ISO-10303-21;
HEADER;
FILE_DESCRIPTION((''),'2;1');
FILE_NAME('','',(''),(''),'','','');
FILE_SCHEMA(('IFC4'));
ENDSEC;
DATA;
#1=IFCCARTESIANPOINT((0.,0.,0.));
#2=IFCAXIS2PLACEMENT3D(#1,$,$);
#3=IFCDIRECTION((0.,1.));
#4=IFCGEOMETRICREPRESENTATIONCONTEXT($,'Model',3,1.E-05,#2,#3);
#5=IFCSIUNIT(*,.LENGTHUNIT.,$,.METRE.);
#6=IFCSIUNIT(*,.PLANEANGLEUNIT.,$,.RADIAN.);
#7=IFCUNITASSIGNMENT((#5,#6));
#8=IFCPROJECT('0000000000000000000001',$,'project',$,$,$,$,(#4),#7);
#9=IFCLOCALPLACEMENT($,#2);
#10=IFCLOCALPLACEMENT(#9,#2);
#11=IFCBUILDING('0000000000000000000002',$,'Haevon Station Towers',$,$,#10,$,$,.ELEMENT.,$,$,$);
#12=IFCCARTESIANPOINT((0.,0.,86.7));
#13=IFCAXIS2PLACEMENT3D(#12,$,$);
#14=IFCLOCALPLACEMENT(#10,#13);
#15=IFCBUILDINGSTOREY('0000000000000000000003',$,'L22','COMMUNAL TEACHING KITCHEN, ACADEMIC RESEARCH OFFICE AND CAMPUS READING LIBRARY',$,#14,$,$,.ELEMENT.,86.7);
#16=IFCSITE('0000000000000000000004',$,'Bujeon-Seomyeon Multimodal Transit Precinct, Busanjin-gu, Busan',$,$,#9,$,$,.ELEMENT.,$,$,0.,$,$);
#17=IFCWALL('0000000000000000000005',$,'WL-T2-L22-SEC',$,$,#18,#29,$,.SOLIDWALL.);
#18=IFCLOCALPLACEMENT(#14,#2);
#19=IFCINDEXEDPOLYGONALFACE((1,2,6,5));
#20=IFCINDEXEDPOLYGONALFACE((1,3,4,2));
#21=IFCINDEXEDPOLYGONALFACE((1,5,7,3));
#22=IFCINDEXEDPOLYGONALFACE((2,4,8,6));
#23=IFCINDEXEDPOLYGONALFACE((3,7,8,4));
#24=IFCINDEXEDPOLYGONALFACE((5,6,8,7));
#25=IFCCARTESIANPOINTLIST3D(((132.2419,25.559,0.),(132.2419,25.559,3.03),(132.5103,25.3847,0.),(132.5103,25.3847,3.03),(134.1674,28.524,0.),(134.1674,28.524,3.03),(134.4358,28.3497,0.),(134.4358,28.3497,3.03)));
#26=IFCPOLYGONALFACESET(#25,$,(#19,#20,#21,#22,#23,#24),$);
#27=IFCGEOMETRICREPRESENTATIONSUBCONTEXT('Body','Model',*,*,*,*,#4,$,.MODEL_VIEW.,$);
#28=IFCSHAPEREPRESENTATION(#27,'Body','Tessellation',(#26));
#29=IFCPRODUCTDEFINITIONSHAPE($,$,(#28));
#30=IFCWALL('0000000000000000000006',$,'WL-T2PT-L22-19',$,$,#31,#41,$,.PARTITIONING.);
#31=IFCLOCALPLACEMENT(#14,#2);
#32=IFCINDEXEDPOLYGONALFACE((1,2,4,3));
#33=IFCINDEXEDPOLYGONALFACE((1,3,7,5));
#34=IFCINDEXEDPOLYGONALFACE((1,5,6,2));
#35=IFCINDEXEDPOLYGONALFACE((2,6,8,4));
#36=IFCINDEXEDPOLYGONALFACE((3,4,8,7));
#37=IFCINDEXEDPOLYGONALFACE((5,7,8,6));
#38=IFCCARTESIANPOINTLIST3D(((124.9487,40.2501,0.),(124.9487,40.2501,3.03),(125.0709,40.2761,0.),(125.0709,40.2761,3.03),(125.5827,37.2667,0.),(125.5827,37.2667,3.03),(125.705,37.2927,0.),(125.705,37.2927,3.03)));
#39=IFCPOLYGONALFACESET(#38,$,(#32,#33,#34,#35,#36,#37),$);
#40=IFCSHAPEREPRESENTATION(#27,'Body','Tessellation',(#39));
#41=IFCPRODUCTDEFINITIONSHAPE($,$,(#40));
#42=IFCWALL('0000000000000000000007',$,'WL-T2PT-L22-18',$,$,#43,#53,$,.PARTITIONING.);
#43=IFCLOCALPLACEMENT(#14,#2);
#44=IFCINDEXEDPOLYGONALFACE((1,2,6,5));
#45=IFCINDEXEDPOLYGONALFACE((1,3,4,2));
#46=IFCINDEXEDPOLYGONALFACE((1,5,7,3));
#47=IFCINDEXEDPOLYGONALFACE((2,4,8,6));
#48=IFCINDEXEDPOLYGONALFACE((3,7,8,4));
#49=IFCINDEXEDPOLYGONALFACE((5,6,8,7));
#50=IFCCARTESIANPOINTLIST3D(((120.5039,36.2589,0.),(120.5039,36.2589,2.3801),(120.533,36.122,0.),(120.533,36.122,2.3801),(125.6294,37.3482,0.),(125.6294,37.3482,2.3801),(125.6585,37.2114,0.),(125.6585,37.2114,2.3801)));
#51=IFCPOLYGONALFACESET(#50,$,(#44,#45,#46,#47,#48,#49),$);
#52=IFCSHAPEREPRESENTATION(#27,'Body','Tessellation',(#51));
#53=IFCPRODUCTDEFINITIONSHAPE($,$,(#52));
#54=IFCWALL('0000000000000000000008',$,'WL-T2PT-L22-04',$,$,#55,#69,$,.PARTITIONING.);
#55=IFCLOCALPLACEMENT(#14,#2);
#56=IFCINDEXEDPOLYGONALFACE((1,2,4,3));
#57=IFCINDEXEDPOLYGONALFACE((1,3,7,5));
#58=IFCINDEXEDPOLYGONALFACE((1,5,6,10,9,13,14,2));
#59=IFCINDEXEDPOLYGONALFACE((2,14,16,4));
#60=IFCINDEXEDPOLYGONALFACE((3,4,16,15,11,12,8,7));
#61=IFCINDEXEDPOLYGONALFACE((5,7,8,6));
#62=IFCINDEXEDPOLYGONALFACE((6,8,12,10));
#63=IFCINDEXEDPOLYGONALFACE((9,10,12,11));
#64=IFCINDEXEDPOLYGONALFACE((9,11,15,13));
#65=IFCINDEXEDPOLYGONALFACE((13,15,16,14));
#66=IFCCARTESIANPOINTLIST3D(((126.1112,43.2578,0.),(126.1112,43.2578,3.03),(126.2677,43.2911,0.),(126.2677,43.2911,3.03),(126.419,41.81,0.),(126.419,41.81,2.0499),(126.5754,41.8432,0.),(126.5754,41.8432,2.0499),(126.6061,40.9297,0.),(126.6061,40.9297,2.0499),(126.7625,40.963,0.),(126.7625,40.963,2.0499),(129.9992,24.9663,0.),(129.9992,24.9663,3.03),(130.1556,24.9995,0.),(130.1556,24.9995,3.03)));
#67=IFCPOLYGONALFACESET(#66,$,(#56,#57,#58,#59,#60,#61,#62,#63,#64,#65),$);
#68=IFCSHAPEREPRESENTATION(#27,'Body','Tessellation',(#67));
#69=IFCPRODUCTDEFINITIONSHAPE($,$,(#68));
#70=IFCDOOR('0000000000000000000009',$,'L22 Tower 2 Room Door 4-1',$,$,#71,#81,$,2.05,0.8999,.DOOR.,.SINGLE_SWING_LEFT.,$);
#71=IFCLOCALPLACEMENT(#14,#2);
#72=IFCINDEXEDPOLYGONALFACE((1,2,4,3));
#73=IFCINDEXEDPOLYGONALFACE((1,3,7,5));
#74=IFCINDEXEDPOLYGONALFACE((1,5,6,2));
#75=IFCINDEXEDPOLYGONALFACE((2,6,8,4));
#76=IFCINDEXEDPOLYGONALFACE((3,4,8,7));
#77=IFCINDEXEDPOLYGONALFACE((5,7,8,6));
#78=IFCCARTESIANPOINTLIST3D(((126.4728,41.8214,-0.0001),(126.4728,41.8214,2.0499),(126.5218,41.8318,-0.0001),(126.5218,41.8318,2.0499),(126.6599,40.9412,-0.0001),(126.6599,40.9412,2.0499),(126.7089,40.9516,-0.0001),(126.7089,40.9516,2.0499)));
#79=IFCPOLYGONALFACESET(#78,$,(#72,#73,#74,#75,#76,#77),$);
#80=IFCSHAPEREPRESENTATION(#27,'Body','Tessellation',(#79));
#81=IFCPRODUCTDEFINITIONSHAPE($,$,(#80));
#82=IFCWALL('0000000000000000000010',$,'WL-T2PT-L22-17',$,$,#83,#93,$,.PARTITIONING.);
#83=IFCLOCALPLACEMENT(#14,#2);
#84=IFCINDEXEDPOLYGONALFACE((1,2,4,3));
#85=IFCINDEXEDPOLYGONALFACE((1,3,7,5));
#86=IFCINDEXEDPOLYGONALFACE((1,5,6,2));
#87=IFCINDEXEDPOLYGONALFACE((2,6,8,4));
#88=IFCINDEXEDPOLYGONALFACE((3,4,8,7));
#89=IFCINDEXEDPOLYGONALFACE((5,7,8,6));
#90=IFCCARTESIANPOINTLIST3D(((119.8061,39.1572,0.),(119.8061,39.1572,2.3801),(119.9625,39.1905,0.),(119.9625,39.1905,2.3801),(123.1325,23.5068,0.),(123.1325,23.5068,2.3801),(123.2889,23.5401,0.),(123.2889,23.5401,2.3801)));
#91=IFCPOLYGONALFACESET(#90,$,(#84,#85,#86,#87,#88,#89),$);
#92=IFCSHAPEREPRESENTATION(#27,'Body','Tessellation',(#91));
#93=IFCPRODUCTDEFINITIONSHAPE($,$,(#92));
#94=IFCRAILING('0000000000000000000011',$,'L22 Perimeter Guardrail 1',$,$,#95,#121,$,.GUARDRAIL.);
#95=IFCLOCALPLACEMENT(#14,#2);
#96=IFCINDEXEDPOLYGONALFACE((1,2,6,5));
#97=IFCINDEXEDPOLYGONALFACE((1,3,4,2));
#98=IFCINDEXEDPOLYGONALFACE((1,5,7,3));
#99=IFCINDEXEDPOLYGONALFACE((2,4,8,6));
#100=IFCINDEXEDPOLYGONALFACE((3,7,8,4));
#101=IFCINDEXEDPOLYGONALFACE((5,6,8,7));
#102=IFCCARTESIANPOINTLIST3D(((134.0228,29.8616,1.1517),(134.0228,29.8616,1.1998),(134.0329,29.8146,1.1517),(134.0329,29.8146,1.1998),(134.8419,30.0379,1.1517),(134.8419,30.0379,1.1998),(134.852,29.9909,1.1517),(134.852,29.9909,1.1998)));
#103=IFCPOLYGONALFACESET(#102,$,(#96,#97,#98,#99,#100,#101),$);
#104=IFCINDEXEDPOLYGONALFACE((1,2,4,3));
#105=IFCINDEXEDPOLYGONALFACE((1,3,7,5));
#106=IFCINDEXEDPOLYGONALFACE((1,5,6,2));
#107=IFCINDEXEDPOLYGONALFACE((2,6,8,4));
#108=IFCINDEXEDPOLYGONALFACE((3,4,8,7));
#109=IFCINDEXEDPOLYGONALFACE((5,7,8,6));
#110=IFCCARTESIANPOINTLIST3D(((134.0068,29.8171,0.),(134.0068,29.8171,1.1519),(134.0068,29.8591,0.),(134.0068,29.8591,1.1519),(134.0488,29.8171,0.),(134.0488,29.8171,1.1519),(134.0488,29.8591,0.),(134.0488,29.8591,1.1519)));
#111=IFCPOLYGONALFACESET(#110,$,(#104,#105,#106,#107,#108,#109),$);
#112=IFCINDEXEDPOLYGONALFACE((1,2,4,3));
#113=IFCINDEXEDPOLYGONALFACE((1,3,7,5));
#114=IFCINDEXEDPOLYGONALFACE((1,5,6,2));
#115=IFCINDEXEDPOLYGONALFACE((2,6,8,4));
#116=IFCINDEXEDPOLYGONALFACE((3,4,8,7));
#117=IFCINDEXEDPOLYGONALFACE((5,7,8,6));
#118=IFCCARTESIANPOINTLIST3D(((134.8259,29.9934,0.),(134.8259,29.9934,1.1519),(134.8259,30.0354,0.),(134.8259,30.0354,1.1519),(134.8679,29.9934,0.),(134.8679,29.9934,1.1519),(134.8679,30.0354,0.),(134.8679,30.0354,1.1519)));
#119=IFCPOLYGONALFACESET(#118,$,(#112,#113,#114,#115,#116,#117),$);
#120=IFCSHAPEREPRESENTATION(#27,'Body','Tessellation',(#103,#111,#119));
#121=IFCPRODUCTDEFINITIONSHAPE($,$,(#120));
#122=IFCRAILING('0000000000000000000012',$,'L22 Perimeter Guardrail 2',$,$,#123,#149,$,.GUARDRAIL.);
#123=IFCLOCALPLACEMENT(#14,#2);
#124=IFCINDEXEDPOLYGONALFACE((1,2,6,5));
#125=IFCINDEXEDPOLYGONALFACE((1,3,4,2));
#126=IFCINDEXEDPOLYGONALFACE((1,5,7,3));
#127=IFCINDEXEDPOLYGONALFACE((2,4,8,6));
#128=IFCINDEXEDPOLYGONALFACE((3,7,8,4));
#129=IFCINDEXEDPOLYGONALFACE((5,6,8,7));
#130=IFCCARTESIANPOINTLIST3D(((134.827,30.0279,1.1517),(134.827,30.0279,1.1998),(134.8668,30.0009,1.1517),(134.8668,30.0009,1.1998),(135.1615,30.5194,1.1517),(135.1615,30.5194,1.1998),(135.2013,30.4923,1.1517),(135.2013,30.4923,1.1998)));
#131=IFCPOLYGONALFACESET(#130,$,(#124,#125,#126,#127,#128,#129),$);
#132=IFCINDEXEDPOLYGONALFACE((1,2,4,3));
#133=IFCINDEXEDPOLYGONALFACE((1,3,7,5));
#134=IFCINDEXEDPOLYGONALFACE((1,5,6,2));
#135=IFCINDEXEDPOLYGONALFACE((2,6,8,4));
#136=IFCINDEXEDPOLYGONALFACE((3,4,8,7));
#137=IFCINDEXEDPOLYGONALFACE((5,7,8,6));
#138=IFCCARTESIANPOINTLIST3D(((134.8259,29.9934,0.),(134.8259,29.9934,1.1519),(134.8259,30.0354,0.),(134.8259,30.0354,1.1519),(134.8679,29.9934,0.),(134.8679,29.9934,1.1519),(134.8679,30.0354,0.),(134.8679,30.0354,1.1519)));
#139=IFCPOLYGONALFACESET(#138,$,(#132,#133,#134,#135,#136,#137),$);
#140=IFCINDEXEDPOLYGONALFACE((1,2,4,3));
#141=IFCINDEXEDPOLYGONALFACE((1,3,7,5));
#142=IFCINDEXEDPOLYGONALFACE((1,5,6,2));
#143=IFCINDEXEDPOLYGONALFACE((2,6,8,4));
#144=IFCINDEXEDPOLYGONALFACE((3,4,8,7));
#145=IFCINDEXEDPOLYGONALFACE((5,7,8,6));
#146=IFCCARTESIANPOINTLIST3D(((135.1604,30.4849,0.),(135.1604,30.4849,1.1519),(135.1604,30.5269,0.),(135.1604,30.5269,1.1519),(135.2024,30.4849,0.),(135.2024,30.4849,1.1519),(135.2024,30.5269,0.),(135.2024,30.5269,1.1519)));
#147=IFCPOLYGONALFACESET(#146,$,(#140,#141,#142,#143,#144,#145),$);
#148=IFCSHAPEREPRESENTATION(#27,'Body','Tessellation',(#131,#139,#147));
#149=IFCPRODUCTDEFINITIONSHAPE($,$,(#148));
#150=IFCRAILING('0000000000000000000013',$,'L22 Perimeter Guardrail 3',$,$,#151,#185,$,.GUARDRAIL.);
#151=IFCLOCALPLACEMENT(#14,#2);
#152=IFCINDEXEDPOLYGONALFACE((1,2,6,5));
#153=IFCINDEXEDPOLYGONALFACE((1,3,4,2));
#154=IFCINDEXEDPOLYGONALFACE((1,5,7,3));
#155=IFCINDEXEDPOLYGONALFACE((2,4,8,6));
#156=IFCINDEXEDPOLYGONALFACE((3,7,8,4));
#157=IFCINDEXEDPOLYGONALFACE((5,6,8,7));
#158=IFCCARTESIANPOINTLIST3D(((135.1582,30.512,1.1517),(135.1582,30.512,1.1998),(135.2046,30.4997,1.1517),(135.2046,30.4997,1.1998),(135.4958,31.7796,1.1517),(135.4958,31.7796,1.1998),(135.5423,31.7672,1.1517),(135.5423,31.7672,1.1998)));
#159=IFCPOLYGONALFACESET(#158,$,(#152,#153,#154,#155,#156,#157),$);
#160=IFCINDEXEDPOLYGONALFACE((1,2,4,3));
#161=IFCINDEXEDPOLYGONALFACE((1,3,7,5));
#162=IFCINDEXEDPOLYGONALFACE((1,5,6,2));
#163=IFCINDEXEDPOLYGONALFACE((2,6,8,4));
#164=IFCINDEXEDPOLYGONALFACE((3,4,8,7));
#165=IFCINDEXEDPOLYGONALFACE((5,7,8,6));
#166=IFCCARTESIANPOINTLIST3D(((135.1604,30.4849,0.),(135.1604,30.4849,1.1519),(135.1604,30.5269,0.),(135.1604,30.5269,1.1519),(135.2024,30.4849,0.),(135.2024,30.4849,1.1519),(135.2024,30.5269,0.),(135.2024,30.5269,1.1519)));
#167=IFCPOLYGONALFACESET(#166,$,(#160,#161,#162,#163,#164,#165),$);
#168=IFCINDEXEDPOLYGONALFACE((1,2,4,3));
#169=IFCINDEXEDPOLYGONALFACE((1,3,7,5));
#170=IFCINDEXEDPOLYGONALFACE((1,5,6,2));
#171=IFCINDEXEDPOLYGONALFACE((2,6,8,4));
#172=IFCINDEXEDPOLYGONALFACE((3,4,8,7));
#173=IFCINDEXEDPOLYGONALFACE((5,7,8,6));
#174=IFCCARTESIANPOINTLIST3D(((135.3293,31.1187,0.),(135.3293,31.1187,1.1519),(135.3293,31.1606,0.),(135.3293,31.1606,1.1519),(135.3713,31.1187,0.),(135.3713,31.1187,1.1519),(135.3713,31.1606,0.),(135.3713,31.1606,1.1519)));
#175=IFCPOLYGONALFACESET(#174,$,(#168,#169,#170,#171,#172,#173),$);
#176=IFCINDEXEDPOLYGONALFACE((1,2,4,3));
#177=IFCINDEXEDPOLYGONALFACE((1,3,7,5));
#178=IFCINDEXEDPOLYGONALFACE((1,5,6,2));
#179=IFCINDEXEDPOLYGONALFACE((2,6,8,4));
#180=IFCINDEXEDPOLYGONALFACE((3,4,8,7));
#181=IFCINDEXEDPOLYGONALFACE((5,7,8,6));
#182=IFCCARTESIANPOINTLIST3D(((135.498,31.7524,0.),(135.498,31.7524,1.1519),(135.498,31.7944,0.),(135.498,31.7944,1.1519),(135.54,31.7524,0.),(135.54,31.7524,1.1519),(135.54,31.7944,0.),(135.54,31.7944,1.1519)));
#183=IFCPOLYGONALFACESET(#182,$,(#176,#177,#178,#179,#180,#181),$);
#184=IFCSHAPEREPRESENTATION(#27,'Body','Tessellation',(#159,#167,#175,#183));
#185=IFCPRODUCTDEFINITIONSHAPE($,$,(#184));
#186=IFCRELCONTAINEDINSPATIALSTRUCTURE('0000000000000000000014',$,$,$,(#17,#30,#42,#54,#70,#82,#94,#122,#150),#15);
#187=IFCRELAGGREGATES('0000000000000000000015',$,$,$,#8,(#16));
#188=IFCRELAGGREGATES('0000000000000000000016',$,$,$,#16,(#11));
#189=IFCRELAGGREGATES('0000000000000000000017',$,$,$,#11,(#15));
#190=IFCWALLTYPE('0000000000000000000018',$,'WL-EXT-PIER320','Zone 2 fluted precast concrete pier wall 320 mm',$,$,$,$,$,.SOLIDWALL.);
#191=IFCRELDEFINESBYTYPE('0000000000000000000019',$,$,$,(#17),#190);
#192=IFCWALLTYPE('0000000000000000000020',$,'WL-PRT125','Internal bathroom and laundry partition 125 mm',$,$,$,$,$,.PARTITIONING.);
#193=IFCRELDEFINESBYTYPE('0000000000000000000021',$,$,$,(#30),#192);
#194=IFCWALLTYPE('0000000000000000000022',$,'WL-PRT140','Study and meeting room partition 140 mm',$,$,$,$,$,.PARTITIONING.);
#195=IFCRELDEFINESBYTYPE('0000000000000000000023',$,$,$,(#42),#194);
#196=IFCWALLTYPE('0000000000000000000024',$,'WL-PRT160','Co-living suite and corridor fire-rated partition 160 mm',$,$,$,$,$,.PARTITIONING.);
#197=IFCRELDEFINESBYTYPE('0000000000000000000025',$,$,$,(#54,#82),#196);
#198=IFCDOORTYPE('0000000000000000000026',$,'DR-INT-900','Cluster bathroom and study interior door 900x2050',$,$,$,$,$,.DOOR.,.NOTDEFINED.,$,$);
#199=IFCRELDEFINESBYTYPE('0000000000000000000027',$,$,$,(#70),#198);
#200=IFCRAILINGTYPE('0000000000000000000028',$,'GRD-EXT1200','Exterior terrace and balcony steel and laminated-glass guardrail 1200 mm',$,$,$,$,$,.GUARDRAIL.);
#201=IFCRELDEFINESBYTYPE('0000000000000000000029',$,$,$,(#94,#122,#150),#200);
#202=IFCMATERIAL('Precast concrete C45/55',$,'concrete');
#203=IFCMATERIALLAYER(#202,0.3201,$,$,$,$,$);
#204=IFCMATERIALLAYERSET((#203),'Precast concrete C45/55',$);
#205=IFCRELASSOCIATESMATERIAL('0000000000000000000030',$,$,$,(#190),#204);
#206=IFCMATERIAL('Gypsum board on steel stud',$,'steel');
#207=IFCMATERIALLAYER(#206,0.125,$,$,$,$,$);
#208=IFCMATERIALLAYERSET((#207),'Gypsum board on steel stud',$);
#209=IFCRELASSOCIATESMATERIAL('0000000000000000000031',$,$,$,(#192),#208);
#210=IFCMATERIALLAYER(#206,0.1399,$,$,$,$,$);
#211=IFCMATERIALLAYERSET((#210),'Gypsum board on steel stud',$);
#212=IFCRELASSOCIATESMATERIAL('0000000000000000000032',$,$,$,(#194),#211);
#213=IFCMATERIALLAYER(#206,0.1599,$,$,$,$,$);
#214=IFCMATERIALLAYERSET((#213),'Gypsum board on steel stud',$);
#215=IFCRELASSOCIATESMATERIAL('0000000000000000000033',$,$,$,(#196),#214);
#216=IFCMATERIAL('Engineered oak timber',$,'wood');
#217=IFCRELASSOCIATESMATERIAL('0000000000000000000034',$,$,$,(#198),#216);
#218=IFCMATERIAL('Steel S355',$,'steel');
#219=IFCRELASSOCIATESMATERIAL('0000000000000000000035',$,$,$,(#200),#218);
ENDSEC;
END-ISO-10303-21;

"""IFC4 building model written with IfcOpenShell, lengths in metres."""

from ifc_helpers import new_model, si_unit, direction, frame, frame_2d, origin, origin_2d, place, context, subcontext, project, spatial, rectangle, extrude, material, layer, layer_set, type_object, element, fill, save


model = new_model("IFC4")

# Units and contexts
model_context = context("Model", 3, precision=1e-05, world=origin(), true_north=direction((0.0, 1.0)))
body_context = subcontext(model_context, "Body", "Model", "MODEL_VIEW")
ifc_project = project(units=[si_unit("LENGTHUNIT", "METRE"), si_unit("PLANEANGLEUNIT", "RADIAN")], contexts=[model_context])

# Site, building, storey
site_placement = place(None, origin())
site = spatial("IfcSite", under=ifc_project, at=site_placement, Name="Bujeon-Seomyeon Multimodal Transit Precinct, Busanjin-gu, Busan", CompositionType="ELEMENT", RefElevation=0.0)
building_placement = place(site_placement, origin())
building = spatial("IfcBuilding", under=site, at=building_placement, Name="Haevon Station Towers", CompositionType="ELEMENT")
storey_placement = place(building_placement, frame((0.0, 0.0, 86.7)))
storey = spatial("IfcBuildingStorey", under=building, at=storey_placement, Name="L22", Description="COMMUNAL TEACHING KITCHEN, ACADEMIC RESEARCH OFFICE AND CAMPUS READING LIBRARY", CompositionType="ELEMENT", Elevation=86.7)

# Shared definitions
ifc_material_1 = material(Name="Steel S355", Category="steel")

# Shared definitions
ifc_material_2 = material(Name="Precast concrete C45/55", Category="concrete")
ifc_layer_1 = layer(ifc_material_2, 0.3201)
ifc_layer_set_1 = layer_set([ifc_layer_1], Name="Precast concrete C45/55")
wall_type_1 = type_object("IfcWallType", Name="WL-EXT-PIER320", Description="Zone 2 fluted precast concrete pier wall 320 mm", PredefinedType="SOLIDWALL", material=ifc_layer_set_1)

# Walls
wall_1_placement = place(storey_placement, frame((134.3015, 28.4368, 0.0), z_axis=(0.0, 0.0, 1.0), x_axis=(-0.544636, -0.838672, 0.0)))
element("IfcWall", 1, at=wall_1_placement, inside=storey, type_object=wall_type_1, Name="WL-T2-L22-SEC", PredefinedType="SOLIDWALL", context=body_context, shape_type="SweptSolid", body=[
    extrude(rectangle(XDim=3.5354, YDim=0.3201, at=frame_2d((1.7676, 0.0))), origin(), (0.0, 0.0, 1.0), 3.03),
])
ifc_material_3 = material(Name="Gypsum board on steel stud", Category="steel")
ifc_layer_2 = layer(ifc_material_3, 0.125)
ifc_layer_set_2 = layer_set([ifc_layer_2], Name="Gypsum board on steel stud")
wall_type_2 = type_object("IfcWallType", Name="WL-PRT125", Description="Internal bathroom and laundry partition 125 mm", PredefinedType="PARTITIONING", material=ifc_layer_set_2)
wall_2_placement = place(storey_placement, frame((125.6438, 37.2798, 0.0), z_axis=(0.0, 0.0, 1.0), x_axis=(-0.207878, 0.978155, 0.0)))
element("IfcWall", 2, at=wall_2_placement, inside=storey, type_object=wall_type_2, Name="WL-T2PT-L22-19", PredefinedType="PARTITIONING", context=body_context, shape_type="SweptSolid", body=[
    extrude(rectangle(XDim=3.05, YDim=0.125, at=frame_2d((1.5249, 0.0))), origin(), (0.0, 0.0, 1.0), 3.03),
])
ifc_layer_3 = layer(ifc_material_3, 0.1399)
ifc_layer_set_3 = layer_set([ifc_layer_3], Name="Gypsum board on steel stud")
wall_type_3 = type_object("IfcWallType", Name="WL-PRT140", Description="Study and meeting room partition 140 mm", PredefinedType="PARTITIONING", material=ifc_layer_set_3)
wall_3_placement = place(storey_placement, frame((120.5183, 36.1904, 0.0), z_axis=(0.0, 0.0, 1.0), x_axis=(0.978152, 0.207893, 0.0)))
element("IfcWall", 3, at=wall_3_placement, inside=storey, type_object=wall_type_3, Name="WL-T2PT-L22-18", PredefinedType="PARTITIONING", context=body_context, shape_type="SweptSolid", body=[
    extrude(rectangle(XDim=5.24, YDim=0.1399, at=frame_2d((2.6201, 0.0))), origin(), (0.0, 0.0, 1.0), 2.3801),
])

# Wall, opening, door
ifc_layer_4 = layer(ifc_material_3, 0.1599)
ifc_layer_set_4 = layer_set([ifc_layer_4], Name="Gypsum board on steel stud")
wall_type_4 = type_object("IfcWallType", Name="WL-PRT160", Description="Co-living suite and corridor fire-rated partition 160 mm", PredefinedType="PARTITIONING", material=ifc_layer_set_4)
wall_4_placement = place(storey_placement, frame((130.0774, 24.9829, 0.0), z_axis=(0.0, 0.0, 1.0), x_axis=(-0.20791, 0.978148, 0.0)))
wall_4 = element("IfcWall", 4, at=wall_4_placement, inside=storey, type_object=wall_type_4, Name="WL-T2PT-L22-04", PredefinedType="PARTITIONING", context=body_context, shape_type="SweptSolid", body=[
    extrude(rectangle(XDim=18.7002, YDim=0.1599, at=frame_2d((9.3501, 0.0))), origin(), (0.0, 0.0, 1.0), 3.03),
])
opening_1_placement = place(wall_4_placement, frame((16.3201, 0.0, 0.0)))
opening_1 = element("IfcOpeningElement", 5, at=opening_1_placement, cuts=wall_4, PredefinedType="OPENING", context=body_context, shape_type="SweptSolid", body=[
    extrude(rectangle(XDim=0.8999, YDim=2.05, at=frame_2d((0.45, 1.0249))), frame((0.0, 0.0898, 0.0), z_axis=(0.0, -1.0, 0.0), x_axis=(1.0, 0.0, 0.0)), (0.0, 0.0, 1.0), 0.1799),
])
ifc_material_4 = material(Name="Engineered oak timber", Category="wood")
door_type = type_object("IfcDoorType", Name="DR-INT-900", Description="Cluster bathroom and study interior door 900x2050", OperationType="NOTDEFINED", PredefinedType="DOOR", material=ifc_material_4)
door_placement = place(opening_1_placement, origin())
door = element("IfcDoor", 6, at=door_placement, inside=storey, type_object=door_type, Name="L22 Tower 2 Room Door 4-1", OperationType="SINGLE_SWING_LEFT", OverallHeight=2.05, OverallWidth=0.8999, PredefinedType="DOOR", context=body_context, shape_type="SweptSolid", body=[
    extrude(rectangle(XDim=0.8999, YDim=2.05, at=frame_2d((0.45, 1.0249))), frame((0.0, 0.0249, 0.0), z_axis=(0.0, -1.0, 0.0), x_axis=(1.0, 0.0, 0.0)), (0.0, 0.0, 1.0), 0.05),
])
fill(opening_1, door)

# Wall
wall_5_placement = place(storey_placement, frame((123.2107, 23.5234, 0.0), z_axis=(0.0, 0.0, 1.0), x_axis=(-0.207901, 0.97815, 0.0)))
element("IfcWall", 7, at=wall_5_placement, inside=storey, type_object=wall_type_4, Name="WL-T2PT-L22-17", PredefinedType="PARTITIONING", context=body_context, shape_type="SweptSolid", body=[
    extrude(rectangle(XDim=16.0, YDim=0.1599, at=frame_2d((8.0, 0.0))), origin(), (0.0, 0.0, 1.0), 2.3801),
])

# Railings
railing_type = type_object("IfcRailingType", Name="GRD-EXT1200", Description="Exterior terrace and balcony steel and laminated-glass guardrail 1200 mm", PredefinedType="GUARDRAIL", material=ifc_material_1)
railing_1_placement = place(storey_placement, frame((134.0278, 29.8381, 0.0)))
element("IfcRailing", 8, at=railing_1_placement, inside=storey, type_object=railing_type, Name="L22 Perimeter Guardrail 1", PredefinedType="GUARDRAIL", context=body_context, shape_type="SweptSolid", body=[
    extrude(rectangle(XDim=0.0481, YDim=0.0481, at=origin_2d()), frame((0.0, 0.0, 1.1758), z_axis=(0.977619, 0.210385, 0.0), x_axis=(-0.210385, 0.977619, 0.0)), (0.0, 0.0, 1.0), 0.8379),
    extrude(rectangle(XDim=0.042, YDim=0.042, at=origin_2d()), origin(), (0.0, 0.0, 1.0), 1.1519),
    extrude(rectangle(XDim=0.042, YDim=0.042, at=origin_2d()), frame((0.8191, 0.1763, 0.0)), (0.0, 0.0, 1.0), 1.1519),
])
railing_2_placement = place(storey_placement, frame((134.8469, 30.0144, 0.0)))
element("IfcRailing", 9, at=railing_2_placement, inside=storey, type_object=railing_type, Name="L22 Perimeter Guardrail 2", PredefinedType="GUARDRAIL", context=body_context, shape_type="SweptSolid", body=[
    extrude(rectangle(XDim=0.0481, YDim=0.0481, at=origin_2d()), frame((0.0, 0.0, 1.1758), z_axis=(0.562636, 0.826705, 0.0), x_axis=(-0.826705, 0.562636, 0.0)), (0.0, 0.0, 1.0), 0.5945),
    extrude(rectangle(XDim=0.042, YDim=0.042, at=origin_2d()), origin(), (0.0, 0.0, 1.0), 1.1519),
    extrude(rectangle(XDim=0.042, YDim=0.042, at=origin_2d()), frame((0.3345, 0.4915, 0.0)), (0.0, 0.0, 1.0), 1.1519),
])
railing_3_placement = place(storey_placement, frame((135.1814, 30.5059, 0.0)))
element("IfcRailing", 10, at=railing_3_placement, inside=storey, type_object=railing_type, Name="L22 Perimeter Guardrail 3", PredefinedType="GUARDRAIL", context=body_context, shape_type="SweptSolid", body=[
    extrude(rectangle(XDim=0.0481, YDim=0.0481, at=origin_2d()), frame((0.0, 0.0, 1.1758), z_axis=(0.257396, 0.966306, 0.0), x_axis=(-0.966306, 0.257396, 0.0)), (0.0, 0.0, 1.0), 1.3118),
    extrude(rectangle(XDim=0.042, YDim=0.042, at=origin_2d()), origin(), (0.0, 0.0, 1.0), 1.1519),
    extrude(rectangle(XDim=0.042, YDim=0.042, at=origin_2d()), frame((0.1689, 0.6338, 0.0)), (0.0, 0.0, 1.0), 1.1519),
    extrude(rectangle(XDim=0.042, YDim=0.042, at=origin_2d()), frame((0.3376, 1.2676, 0.0)), (0.0, 0.0, 1.0), 1.1519),
])

save(model, "model.ifc")
